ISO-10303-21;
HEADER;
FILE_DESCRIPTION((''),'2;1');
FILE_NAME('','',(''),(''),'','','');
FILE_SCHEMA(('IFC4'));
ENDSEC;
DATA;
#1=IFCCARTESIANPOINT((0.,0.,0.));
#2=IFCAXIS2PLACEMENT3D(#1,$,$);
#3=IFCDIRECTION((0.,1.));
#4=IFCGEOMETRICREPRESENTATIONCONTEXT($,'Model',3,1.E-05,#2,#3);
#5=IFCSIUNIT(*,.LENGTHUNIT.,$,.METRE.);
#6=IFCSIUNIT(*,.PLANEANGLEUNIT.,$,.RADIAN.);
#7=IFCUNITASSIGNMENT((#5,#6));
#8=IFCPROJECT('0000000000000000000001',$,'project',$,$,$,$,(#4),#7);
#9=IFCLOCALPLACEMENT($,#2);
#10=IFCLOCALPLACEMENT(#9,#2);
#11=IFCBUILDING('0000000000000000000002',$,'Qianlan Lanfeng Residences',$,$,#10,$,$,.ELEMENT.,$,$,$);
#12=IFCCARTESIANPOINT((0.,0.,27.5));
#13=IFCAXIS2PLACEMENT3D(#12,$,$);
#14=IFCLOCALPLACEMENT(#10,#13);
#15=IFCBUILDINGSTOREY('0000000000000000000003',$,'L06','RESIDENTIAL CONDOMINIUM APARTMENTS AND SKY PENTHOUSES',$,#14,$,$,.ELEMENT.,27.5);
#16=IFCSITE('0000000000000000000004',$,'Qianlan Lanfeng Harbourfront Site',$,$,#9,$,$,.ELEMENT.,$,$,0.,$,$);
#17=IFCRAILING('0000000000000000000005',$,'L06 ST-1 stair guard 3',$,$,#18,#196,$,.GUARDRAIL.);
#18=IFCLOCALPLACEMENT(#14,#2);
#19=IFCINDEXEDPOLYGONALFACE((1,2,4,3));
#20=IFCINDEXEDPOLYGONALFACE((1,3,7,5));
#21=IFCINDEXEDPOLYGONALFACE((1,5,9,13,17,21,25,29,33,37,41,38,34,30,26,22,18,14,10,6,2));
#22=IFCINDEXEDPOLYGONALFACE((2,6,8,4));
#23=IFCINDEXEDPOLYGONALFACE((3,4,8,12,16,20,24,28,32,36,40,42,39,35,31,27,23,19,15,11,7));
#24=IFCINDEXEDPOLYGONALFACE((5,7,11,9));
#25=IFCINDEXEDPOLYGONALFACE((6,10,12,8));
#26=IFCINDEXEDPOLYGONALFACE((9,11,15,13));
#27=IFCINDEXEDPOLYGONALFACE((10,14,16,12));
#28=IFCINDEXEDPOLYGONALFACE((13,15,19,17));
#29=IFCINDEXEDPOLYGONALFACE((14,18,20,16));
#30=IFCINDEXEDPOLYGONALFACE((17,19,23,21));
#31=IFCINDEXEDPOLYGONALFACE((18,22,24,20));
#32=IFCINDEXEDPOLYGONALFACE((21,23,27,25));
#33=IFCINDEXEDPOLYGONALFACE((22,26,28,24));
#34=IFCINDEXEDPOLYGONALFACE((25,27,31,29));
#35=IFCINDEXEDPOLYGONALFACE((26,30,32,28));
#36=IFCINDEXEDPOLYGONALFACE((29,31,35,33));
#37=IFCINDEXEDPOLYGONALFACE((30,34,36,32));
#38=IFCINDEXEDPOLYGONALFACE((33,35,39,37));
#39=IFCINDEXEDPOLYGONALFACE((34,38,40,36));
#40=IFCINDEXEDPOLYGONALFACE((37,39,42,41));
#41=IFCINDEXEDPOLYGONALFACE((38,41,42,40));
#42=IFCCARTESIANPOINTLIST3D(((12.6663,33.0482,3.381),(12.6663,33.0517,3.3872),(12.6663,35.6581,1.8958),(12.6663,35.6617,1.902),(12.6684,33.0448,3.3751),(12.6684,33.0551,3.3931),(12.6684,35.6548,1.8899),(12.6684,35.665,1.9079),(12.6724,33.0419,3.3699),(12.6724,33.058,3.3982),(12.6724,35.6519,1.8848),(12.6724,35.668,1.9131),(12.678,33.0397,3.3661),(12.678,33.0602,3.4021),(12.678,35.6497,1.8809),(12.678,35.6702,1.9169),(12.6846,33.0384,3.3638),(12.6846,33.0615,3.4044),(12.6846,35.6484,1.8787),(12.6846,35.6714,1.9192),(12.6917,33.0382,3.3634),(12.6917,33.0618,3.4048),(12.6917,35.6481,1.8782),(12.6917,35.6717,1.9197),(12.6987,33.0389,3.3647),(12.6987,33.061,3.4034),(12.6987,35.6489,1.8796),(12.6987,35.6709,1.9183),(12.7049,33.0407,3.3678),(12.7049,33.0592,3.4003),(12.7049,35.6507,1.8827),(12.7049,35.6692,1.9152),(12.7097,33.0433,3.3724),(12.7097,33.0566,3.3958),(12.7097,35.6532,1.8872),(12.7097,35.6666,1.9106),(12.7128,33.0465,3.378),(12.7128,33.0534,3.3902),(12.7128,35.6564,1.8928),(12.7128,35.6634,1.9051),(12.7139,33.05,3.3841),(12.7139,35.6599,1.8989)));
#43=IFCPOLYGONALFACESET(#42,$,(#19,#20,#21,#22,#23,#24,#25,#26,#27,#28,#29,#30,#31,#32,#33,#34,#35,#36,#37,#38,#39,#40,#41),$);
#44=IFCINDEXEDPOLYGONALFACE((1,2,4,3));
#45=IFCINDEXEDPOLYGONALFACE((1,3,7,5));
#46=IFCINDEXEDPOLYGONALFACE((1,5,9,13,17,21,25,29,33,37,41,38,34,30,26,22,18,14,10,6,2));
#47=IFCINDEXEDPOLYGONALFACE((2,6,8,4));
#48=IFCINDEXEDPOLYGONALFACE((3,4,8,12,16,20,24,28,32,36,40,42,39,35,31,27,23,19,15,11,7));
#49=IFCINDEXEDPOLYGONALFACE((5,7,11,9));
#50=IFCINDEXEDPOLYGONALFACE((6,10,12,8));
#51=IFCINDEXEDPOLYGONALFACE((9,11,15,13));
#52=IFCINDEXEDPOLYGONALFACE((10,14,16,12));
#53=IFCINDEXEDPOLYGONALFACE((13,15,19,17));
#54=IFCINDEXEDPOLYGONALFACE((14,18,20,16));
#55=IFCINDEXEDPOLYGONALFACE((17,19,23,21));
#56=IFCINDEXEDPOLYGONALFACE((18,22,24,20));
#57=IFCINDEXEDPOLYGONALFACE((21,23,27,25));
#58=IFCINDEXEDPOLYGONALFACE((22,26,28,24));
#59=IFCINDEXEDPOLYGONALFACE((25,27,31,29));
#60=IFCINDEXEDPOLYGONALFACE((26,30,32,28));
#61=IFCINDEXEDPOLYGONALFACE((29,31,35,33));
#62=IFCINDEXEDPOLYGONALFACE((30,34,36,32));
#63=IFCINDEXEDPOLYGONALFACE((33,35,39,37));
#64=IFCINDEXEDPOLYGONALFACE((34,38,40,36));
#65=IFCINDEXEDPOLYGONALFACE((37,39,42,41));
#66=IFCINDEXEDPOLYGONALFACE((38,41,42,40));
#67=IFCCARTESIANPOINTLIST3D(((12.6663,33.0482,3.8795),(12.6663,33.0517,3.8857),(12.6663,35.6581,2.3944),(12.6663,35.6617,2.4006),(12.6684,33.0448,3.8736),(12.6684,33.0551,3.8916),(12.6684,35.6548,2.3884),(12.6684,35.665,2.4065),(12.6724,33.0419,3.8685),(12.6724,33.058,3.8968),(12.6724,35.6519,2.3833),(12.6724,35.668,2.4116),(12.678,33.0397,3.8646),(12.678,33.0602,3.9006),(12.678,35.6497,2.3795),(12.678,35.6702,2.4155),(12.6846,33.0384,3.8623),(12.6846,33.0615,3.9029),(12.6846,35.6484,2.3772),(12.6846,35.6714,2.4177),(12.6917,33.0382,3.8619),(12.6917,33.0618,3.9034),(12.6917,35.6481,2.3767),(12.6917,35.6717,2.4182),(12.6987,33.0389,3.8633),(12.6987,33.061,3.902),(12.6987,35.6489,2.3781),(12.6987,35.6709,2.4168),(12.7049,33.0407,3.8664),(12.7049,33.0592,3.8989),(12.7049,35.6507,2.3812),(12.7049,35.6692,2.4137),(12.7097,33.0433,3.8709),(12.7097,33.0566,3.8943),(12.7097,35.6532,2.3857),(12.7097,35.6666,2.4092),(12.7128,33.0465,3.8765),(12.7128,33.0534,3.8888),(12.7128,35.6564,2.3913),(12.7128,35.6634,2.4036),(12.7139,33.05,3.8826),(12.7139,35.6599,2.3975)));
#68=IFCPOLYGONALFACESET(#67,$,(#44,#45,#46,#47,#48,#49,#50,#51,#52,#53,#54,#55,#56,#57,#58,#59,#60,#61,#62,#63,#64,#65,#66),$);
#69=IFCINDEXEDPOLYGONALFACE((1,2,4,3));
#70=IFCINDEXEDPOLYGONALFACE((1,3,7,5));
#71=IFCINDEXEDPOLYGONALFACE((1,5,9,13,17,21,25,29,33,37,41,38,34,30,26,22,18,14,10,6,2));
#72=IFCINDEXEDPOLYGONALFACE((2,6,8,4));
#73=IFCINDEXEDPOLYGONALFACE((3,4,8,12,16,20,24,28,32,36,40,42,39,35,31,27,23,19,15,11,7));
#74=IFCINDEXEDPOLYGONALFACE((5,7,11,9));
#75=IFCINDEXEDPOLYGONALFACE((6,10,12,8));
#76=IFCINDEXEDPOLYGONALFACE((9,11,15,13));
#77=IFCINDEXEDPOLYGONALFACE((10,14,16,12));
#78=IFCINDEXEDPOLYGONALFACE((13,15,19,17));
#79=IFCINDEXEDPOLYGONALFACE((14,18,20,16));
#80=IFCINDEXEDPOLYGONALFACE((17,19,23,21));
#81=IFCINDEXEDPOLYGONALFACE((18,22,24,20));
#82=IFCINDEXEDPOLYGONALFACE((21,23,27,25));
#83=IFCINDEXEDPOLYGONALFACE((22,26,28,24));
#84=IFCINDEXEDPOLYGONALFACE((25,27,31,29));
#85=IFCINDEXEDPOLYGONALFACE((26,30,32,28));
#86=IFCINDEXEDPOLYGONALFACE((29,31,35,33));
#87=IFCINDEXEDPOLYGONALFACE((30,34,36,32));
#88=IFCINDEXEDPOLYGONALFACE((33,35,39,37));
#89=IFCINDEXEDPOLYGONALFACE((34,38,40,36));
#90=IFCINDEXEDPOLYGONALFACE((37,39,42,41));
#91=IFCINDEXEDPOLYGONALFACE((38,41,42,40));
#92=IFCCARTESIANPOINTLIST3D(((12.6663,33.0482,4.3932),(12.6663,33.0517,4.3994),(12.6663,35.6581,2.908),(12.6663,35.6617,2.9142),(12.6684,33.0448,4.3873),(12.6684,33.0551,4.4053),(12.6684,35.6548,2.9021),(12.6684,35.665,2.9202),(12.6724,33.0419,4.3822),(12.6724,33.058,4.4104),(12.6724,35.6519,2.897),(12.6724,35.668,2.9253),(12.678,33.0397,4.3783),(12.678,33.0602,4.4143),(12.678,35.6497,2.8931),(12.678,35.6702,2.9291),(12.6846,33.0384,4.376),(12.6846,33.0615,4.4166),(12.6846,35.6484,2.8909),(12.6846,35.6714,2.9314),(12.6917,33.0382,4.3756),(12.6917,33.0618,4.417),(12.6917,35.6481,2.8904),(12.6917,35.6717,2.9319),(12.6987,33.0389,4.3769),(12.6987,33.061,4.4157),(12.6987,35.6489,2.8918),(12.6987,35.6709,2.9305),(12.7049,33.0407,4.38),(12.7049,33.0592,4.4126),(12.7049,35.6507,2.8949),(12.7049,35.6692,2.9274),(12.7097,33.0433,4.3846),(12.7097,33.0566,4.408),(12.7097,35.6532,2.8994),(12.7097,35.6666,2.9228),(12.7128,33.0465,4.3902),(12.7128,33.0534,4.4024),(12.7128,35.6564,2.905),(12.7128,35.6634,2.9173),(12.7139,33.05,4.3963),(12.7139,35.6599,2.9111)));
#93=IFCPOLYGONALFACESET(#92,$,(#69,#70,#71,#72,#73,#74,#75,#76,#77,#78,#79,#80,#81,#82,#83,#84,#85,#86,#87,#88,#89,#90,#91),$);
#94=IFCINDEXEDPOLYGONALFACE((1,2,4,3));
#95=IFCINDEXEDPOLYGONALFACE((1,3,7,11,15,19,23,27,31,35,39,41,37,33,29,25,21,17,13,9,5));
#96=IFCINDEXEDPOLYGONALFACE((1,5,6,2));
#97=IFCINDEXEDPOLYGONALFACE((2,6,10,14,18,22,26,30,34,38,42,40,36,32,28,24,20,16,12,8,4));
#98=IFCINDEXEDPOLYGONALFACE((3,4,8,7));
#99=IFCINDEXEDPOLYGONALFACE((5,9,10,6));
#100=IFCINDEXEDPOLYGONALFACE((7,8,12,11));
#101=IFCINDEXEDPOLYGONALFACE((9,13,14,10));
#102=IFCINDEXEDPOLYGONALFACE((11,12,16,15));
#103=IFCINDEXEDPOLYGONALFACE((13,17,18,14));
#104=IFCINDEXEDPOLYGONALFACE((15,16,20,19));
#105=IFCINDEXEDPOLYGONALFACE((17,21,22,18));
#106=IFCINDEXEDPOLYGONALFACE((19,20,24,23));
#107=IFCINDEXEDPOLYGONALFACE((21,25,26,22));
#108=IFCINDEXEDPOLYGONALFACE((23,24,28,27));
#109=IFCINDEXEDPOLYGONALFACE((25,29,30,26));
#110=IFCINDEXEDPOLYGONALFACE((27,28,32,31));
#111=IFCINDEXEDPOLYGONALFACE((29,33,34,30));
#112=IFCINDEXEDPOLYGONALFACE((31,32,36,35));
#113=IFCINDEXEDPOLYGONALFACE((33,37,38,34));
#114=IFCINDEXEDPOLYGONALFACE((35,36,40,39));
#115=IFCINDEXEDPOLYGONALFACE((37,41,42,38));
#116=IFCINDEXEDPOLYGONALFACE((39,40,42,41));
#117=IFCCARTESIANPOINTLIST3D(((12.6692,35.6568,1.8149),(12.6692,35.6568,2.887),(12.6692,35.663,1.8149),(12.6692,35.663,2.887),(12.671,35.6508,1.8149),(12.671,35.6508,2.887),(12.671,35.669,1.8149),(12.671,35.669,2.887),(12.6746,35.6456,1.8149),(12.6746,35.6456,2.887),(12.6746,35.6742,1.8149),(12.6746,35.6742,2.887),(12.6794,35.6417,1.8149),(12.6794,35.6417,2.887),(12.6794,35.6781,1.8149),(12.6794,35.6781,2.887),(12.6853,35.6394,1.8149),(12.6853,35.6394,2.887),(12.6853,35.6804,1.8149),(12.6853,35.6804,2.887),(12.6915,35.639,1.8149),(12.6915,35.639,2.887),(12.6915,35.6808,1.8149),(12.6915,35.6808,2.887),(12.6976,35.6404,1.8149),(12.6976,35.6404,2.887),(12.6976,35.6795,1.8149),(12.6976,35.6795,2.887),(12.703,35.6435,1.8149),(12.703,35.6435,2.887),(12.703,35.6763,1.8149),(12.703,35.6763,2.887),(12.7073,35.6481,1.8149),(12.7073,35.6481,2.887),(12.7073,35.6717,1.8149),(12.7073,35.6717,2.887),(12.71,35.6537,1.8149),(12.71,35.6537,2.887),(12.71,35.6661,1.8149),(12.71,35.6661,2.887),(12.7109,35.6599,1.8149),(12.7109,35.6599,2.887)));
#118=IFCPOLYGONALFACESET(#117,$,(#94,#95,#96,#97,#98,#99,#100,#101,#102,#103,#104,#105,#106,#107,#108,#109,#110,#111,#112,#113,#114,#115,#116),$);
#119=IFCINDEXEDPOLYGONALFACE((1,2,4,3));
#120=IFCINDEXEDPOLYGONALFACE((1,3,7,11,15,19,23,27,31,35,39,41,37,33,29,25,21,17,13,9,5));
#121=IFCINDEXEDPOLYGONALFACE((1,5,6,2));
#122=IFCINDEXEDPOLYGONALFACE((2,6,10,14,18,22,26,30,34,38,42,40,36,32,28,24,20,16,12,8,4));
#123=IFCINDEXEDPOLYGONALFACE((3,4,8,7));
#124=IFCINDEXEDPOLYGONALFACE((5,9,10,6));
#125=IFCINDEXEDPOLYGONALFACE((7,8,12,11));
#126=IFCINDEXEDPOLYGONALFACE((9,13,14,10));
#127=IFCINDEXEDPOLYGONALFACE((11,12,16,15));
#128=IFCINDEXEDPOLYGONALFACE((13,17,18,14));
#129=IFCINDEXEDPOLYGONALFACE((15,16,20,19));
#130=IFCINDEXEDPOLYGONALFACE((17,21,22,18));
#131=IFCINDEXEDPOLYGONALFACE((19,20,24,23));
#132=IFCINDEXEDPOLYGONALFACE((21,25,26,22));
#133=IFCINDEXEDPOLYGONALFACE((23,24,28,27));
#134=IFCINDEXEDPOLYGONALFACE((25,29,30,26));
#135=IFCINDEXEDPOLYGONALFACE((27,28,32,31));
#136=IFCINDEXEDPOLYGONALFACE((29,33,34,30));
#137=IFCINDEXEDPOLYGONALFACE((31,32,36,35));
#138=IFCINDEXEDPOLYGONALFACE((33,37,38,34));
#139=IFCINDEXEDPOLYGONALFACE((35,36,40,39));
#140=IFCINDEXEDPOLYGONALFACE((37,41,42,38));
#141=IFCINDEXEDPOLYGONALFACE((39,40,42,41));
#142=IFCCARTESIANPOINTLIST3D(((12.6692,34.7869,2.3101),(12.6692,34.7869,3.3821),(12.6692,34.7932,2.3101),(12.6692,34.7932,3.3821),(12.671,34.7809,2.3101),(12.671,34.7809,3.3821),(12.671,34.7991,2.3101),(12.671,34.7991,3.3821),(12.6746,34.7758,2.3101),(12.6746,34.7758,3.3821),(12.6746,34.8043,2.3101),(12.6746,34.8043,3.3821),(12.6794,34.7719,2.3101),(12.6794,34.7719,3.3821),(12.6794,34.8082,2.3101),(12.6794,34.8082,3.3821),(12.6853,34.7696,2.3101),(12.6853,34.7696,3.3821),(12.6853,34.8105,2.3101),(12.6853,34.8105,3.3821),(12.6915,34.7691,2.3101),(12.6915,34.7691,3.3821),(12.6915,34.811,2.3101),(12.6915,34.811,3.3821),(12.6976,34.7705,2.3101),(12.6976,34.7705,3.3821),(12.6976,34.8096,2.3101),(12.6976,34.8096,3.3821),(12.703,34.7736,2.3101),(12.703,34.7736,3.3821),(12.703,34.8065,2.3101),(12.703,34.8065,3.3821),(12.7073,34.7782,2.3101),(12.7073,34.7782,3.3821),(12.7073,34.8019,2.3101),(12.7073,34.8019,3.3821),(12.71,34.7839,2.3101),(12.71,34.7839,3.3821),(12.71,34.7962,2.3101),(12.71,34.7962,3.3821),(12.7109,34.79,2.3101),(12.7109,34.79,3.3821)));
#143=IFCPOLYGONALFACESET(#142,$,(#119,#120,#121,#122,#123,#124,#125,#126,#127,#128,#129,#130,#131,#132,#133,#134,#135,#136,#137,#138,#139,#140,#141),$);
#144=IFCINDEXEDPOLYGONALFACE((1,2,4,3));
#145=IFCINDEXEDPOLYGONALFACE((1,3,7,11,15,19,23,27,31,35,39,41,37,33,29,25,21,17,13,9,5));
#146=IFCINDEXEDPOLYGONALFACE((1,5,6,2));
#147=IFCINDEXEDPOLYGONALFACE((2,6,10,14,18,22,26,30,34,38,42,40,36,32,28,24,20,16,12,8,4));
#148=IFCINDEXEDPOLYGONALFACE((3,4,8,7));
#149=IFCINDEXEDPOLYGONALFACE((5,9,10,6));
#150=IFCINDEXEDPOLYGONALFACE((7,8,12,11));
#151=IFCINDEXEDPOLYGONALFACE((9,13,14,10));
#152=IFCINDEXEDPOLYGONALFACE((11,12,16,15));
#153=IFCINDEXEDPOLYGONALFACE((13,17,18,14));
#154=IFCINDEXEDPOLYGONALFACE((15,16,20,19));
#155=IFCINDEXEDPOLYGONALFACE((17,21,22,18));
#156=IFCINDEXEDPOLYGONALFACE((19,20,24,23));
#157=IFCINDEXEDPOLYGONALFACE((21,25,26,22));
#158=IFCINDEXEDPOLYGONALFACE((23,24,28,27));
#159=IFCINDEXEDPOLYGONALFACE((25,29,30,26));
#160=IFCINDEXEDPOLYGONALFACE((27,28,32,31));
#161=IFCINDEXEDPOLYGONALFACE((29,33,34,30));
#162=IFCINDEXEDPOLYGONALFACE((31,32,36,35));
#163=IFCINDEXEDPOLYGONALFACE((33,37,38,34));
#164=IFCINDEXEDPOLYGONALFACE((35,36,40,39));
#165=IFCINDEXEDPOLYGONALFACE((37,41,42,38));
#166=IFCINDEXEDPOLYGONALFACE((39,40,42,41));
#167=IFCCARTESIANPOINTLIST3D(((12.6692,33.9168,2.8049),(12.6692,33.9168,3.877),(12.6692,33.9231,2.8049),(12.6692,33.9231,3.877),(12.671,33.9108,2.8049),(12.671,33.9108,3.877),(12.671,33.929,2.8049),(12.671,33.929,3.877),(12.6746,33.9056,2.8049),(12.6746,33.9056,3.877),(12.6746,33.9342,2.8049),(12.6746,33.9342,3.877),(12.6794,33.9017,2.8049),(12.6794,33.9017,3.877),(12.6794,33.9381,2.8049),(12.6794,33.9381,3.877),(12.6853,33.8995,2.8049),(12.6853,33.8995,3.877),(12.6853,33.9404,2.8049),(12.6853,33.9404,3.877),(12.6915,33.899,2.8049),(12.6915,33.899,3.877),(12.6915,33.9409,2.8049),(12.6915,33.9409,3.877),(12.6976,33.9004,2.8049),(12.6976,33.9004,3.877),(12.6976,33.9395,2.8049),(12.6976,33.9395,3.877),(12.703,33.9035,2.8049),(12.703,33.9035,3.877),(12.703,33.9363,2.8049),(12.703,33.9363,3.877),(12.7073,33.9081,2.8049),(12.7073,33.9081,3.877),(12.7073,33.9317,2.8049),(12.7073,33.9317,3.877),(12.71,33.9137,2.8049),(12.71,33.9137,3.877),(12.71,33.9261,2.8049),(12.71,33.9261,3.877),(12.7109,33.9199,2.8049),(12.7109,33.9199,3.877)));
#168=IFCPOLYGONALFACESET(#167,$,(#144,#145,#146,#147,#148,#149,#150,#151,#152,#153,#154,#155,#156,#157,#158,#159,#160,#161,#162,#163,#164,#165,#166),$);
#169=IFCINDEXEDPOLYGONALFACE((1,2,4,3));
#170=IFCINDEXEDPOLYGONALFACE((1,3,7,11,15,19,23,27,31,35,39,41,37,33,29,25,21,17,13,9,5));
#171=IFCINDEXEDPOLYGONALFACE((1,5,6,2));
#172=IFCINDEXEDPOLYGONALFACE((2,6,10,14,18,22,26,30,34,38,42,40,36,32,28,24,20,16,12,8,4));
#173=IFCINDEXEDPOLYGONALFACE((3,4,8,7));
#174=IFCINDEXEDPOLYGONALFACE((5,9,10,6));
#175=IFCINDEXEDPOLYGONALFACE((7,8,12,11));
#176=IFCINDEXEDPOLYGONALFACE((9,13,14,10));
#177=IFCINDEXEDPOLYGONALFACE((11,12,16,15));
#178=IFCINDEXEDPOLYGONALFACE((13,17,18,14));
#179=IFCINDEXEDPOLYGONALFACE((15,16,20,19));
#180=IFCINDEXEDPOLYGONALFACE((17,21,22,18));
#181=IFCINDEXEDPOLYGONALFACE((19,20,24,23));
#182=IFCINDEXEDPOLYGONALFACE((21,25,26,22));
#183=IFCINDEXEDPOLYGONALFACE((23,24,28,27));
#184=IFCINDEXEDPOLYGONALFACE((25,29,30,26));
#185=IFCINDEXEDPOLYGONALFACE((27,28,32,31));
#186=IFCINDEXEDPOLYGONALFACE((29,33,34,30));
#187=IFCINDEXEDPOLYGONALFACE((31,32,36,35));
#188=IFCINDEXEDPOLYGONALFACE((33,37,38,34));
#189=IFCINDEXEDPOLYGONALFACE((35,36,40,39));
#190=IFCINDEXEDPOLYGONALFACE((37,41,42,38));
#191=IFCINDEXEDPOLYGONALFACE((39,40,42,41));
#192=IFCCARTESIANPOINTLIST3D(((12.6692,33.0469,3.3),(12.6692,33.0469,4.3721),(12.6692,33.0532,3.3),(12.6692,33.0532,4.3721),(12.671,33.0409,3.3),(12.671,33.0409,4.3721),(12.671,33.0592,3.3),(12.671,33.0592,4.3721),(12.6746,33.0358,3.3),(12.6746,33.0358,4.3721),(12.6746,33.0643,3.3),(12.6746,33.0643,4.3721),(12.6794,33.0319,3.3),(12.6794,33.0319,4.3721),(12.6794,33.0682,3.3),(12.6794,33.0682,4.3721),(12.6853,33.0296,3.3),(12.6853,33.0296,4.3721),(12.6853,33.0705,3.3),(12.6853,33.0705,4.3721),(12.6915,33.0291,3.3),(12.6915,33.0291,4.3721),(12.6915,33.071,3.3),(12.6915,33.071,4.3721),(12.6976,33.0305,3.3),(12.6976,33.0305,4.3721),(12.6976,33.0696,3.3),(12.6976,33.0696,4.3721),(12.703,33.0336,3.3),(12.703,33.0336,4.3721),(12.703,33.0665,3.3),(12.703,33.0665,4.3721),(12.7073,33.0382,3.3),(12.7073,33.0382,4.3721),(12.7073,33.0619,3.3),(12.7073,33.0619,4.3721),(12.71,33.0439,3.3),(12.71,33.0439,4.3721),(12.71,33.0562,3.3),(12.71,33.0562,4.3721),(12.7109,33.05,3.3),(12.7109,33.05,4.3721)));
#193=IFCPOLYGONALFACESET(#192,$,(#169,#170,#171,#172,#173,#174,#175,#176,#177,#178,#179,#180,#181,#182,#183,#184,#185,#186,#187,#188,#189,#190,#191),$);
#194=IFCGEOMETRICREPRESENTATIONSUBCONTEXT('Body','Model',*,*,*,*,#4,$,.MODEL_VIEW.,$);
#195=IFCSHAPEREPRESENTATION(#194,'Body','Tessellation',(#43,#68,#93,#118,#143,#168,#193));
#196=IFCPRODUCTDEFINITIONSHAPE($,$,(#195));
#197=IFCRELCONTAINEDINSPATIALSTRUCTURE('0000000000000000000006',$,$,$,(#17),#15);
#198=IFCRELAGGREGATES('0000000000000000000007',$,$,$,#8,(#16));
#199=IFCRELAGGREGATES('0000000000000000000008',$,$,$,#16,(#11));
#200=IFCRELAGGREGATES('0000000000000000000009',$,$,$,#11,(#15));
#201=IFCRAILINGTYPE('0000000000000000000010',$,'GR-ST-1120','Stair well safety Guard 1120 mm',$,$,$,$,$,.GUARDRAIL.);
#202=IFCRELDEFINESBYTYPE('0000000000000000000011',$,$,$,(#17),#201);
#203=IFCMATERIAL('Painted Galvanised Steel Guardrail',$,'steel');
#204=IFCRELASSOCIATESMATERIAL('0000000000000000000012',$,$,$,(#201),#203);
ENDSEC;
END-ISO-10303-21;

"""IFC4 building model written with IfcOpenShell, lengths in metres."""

from ifc_helpers import new_model, si_unit, direction, frame, origin, origin_2d, place, context, subcontext, project, spatial, circle, extrude, material, type_object, element, save


model = new_model("IFC4")

# Units and contexts
model_context = context("Model", 3, precision=1e-05, world=origin(), true_north=direction((0.0, 1.0)))
body_context = subcontext(model_context, "Body", "Model", "MODEL_VIEW")
ifc_project = project(units=[si_unit("LENGTHUNIT", "METRE"), si_unit("PLANEANGLEUNIT", "RADIAN")], contexts=[model_context])

# Site, building, storey
site_placement = place(None, origin())
site = spatial("IfcSite", under=ifc_project, at=site_placement, Name="Qianlan Lanfeng Harbourfront Site", CompositionType="ELEMENT", RefElevation=0.0)
building_placement = place(site_placement, origin())
building = spatial("IfcBuilding", under=site, at=building_placement, Name="Qianlan Lanfeng Residences", CompositionType="ELEMENT")
storey_placement = place(building_placement, frame((0.0, 0.0, 27.5)))
storey = spatial("IfcBuildingStorey", under=building, at=storey_placement, Name="L06", Description="RESIDENTIAL CONDOMINIUM APARTMENTS AND SKY PENTHOUSES", CompositionType="ELEMENT", Elevation=27.5)

# Railing
ifc_material_1 = material(Name="Painted Galvanised Steel Guardrail", Category="steel")
railing_type_1 = type_object("IfcRailingType", Name="GR-ST-1120", Description="Stair well safety Guard 1120 mm", PredefinedType="GUARDRAIL", material=ifc_material_1)
railing_1_placement = place(storey_placement, frame((12.6899, 35.6599, 1.8149)))
element("IfcRailing", 1, at=railing_1_placement, inside=storey, type_object=railing_type_1, Name="L06 ST-1 stair guard 3", PredefinedType="GUARDRAIL", context=body_context, shape_type="SweptSolid", body=[
    extrude(circle(Radius=0.0239, at=origin_2d()), frame((0.0, 0.0, 0.084), z_axis=(0.0, -0.869137, 0.494571), x_axis=(1.0, 0.0, 0.0)), (0.0, 0.0, 1.0), 3.0029),
    extrude(circle(Radius=0.0239, at=origin_2d()), frame((0.0, 0.0, 0.5825), z_axis=(0.0, -0.869137, 0.494571), x_axis=(1.0, 0.0, 0.0)), (0.0, 0.0, 1.0), 3.0029),
    extrude(circle(Radius=0.0239, at=origin_2d()), frame((0.0, 0.0, 1.0962), z_axis=(0.0, -0.869137, 0.494571), x_axis=(1.0, 0.0, 0.0)), (0.0, 0.0, 1.0), 3.0029),
    extrude(circle(Radius=0.021, at=origin_2d()), origin(), (0.0, 0.0, 1.0), 1.072),
    extrude(circle(Radius=0.021, at=origin_2d()), frame((0.0, -0.8699, 0.4951)), (0.0, 0.0, 1.0), 1.072),
    extrude(circle(Radius=0.021, at=origin_2d()), frame((0.0, -1.74, 0.99)), (0.0, 0.0, 1.0), 1.072),
    extrude(circle(Radius=0.021, at=origin_2d()), frame((0.0, -2.6099, 1.4851)), (0.0, 0.0, 1.0), 1.072),
])

save(model, "model.ifc")
